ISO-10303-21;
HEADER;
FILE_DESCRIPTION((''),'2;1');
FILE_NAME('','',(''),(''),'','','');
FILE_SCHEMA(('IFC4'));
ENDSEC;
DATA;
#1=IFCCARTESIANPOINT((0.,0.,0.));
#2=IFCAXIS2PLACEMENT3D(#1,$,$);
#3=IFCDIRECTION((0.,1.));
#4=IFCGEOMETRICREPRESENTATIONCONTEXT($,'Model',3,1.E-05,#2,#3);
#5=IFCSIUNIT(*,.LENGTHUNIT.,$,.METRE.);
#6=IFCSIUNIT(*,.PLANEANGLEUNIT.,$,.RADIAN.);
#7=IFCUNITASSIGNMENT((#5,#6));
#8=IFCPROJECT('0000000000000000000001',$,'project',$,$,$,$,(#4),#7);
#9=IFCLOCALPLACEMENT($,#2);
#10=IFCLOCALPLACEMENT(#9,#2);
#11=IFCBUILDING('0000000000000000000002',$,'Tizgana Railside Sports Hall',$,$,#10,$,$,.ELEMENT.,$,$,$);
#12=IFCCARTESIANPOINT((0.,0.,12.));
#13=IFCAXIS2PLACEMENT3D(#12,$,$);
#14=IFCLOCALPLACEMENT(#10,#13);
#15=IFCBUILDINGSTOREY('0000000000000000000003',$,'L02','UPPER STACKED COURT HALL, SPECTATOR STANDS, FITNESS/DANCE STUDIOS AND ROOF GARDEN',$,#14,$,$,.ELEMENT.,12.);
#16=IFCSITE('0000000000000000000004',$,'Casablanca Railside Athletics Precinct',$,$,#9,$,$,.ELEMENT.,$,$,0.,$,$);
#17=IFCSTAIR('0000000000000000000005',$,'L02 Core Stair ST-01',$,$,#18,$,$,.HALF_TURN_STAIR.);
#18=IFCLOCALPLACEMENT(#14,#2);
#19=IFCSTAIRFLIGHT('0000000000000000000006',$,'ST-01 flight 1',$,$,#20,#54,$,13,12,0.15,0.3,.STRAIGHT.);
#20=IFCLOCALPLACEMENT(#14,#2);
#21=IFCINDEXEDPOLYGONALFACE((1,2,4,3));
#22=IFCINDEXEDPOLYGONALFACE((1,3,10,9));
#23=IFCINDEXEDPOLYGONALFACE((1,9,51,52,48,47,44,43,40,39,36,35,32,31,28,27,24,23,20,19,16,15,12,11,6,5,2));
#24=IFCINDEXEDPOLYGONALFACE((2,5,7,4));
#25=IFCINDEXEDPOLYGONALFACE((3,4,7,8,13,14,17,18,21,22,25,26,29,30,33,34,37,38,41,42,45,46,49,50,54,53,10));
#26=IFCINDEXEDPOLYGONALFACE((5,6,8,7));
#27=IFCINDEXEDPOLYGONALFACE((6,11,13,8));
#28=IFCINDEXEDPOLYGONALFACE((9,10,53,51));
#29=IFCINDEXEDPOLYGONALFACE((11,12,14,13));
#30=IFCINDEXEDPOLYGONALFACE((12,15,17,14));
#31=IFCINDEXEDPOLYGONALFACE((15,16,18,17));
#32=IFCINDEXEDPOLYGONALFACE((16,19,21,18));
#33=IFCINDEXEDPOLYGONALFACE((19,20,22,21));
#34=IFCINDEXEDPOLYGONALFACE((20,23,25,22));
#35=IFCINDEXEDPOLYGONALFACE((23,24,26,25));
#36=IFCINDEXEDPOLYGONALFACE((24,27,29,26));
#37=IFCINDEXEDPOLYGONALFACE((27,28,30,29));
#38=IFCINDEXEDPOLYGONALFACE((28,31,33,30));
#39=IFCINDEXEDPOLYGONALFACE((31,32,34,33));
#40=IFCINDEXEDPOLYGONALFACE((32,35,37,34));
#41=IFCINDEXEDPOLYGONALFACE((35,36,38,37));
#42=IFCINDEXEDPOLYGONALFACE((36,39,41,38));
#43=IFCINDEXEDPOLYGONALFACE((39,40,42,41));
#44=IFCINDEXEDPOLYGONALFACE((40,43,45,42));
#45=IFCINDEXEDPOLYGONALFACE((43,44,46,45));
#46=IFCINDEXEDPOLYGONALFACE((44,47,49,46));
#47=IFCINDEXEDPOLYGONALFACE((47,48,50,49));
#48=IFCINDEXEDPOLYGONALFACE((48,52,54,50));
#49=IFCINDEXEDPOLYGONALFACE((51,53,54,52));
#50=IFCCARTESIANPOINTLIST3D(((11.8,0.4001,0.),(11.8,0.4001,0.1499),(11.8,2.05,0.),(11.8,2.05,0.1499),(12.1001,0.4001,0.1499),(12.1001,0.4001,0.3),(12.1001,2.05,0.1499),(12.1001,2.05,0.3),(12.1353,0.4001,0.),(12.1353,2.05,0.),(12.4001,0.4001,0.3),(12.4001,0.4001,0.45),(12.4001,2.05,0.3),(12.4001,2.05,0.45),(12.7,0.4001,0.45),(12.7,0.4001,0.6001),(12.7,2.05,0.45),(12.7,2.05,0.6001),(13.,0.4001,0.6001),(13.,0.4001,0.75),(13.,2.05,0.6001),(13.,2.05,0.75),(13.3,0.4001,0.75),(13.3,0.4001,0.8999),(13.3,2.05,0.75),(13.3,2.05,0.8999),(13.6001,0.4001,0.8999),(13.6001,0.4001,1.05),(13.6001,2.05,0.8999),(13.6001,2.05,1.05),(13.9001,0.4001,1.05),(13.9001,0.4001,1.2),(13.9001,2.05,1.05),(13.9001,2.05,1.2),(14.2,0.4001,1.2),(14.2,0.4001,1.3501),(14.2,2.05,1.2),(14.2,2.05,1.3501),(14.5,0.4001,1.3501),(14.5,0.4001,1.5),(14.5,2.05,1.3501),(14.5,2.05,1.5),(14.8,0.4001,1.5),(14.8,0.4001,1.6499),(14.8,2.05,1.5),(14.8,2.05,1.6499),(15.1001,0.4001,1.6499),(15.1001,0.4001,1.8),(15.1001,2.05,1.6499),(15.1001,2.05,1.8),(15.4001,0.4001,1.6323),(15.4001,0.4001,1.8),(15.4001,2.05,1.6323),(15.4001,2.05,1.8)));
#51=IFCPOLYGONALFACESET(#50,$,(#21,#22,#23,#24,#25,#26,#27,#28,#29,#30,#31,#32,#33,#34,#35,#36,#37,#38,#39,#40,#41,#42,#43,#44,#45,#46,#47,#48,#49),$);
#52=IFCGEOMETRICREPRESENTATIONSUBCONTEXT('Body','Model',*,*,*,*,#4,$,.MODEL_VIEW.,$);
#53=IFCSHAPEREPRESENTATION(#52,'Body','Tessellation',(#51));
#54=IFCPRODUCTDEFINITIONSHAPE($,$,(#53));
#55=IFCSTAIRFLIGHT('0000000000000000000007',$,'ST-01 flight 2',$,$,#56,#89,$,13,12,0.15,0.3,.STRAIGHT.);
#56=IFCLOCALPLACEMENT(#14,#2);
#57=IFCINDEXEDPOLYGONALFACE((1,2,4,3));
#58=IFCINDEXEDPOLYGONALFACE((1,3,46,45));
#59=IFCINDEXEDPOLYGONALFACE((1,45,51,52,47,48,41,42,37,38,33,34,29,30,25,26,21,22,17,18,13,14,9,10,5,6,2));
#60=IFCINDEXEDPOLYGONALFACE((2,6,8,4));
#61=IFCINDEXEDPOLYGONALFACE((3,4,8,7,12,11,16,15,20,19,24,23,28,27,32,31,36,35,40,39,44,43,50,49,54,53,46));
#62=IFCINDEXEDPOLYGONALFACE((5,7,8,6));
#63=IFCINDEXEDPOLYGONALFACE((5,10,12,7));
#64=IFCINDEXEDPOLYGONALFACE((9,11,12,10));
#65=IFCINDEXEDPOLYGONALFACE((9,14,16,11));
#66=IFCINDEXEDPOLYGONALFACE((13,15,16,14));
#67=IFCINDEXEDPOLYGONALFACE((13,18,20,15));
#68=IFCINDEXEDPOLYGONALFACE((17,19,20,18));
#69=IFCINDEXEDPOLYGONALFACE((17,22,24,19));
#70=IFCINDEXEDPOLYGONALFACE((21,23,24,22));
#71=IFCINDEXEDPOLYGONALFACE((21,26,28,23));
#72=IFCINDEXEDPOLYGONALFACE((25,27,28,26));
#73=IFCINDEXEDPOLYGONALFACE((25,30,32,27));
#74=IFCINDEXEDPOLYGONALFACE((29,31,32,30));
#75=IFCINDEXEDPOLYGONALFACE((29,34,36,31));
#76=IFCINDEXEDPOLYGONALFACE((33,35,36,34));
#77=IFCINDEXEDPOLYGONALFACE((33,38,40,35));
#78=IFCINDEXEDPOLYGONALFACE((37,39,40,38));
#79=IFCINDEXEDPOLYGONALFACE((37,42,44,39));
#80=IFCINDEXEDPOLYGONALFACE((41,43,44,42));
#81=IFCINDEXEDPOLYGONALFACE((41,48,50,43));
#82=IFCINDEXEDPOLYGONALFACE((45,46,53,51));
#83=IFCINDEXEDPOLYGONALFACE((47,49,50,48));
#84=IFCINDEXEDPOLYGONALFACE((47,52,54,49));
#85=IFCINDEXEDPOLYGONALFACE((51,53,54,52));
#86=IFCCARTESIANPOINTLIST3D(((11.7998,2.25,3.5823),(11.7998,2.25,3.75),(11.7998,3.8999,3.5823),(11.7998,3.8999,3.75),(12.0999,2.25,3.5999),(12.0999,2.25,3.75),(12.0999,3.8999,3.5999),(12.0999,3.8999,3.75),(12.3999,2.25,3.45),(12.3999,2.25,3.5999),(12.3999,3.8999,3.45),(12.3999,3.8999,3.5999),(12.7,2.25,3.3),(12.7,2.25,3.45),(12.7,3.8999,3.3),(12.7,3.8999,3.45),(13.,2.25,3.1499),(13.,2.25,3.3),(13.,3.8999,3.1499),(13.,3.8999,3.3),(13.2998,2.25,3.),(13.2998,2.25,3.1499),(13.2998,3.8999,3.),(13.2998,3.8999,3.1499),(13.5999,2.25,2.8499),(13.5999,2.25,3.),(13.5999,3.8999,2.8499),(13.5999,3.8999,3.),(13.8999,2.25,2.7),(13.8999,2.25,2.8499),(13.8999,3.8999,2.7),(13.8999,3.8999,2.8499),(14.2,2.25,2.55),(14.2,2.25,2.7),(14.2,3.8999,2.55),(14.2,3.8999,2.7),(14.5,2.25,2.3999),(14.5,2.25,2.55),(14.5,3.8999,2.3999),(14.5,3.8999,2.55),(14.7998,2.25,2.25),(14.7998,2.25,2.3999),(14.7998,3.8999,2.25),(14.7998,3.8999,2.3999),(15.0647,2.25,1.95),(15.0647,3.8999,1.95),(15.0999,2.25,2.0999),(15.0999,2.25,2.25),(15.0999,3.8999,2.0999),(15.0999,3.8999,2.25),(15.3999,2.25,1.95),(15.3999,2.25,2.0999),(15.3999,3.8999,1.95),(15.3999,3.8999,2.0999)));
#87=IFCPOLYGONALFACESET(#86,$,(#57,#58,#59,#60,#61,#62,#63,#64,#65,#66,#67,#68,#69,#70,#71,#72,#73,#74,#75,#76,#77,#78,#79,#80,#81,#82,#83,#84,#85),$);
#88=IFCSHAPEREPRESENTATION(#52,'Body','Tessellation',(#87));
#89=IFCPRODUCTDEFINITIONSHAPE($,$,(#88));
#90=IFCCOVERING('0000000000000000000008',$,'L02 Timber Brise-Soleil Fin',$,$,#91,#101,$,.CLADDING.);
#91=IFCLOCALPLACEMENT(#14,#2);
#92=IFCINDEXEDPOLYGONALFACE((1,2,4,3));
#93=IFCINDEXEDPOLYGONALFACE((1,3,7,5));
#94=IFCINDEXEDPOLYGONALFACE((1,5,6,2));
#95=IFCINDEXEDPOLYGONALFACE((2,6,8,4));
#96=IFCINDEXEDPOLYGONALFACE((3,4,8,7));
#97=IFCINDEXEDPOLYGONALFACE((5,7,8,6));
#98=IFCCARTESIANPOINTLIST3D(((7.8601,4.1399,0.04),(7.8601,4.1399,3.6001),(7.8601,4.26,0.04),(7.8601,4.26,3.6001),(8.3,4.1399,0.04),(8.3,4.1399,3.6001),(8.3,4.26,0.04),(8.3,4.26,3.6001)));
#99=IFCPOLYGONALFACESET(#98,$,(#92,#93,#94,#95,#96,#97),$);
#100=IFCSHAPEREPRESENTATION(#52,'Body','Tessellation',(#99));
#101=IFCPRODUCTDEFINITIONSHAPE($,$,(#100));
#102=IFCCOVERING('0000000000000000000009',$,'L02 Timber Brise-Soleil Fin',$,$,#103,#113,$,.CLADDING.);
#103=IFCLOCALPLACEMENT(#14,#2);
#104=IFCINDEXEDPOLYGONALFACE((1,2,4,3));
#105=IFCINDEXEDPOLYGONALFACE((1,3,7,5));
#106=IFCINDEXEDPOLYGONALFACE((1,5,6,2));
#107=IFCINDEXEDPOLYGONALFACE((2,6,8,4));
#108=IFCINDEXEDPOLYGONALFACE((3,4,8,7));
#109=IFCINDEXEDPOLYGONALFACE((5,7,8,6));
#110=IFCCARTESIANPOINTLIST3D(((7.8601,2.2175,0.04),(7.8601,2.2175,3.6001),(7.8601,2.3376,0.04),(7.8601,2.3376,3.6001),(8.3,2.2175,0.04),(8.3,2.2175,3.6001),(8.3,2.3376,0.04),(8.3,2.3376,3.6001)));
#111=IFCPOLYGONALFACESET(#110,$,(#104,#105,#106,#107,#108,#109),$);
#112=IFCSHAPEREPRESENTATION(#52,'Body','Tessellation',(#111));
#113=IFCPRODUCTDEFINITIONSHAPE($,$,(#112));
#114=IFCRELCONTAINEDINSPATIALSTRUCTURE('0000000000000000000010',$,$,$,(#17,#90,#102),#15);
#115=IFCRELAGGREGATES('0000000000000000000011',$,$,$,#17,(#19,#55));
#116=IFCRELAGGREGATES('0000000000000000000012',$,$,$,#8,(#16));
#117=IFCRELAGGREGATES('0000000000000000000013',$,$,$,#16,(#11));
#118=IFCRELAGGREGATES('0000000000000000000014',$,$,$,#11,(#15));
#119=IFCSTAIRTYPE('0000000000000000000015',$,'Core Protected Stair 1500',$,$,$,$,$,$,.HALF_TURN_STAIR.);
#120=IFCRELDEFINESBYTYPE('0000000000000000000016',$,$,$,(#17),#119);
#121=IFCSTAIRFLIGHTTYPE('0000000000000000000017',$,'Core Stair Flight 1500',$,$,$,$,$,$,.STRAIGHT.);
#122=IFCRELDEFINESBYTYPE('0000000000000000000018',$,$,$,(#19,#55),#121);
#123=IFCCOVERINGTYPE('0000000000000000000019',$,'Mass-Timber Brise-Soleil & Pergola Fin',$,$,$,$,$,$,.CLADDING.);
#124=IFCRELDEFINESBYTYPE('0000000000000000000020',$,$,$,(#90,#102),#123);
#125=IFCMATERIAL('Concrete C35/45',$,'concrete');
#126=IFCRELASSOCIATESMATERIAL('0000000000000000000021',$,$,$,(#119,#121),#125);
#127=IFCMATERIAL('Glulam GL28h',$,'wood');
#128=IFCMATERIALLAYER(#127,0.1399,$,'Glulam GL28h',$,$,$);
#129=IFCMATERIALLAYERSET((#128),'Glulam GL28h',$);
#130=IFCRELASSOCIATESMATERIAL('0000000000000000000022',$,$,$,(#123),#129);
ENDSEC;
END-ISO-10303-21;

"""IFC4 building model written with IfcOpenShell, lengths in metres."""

from ifc_helpers import new_model, si_unit, direction, frame, origin, origin_2d, place, context, subcontext, project, spatial, polyline, rectangle, outline, extrude, material, layer, layer_set, type_object, element, aggregate, save


model = new_model("IFC4")

# Units and contexts
model_context = context("Model", 3, precision=1e-05, world=origin(), true_north=direction((0.0, 1.0)))
body_context = subcontext(model_context, "Body", "Model", "MODEL_VIEW")
ifc_project = project(units=[si_unit("LENGTHUNIT", "METRE"), si_unit("PLANEANGLEUNIT", "RADIAN")], contexts=[model_context])

# Site, building, storey
site_placement = place(None, origin())
site = spatial("IfcSite", under=ifc_project, at=site_placement, Name="Casablanca Railside Athletics Precinct", CompositionType="ELEMENT", RefElevation=0.0)
building_placement = place(site_placement, origin())
building = spatial("IfcBuilding", under=site, at=building_placement, Name="Tizgana Railside Sports Hall", CompositionType="ELEMENT")
storey_placement = place(building_placement, frame((0.0, 0.0, 12.0)))
storey = spatial("IfcBuildingStorey", under=building, at=storey_placement, Name="L02", Description="UPPER STACKED COURT HALL, SPECTATOR STANDS, FITNESS/DANCE STUDIOS AND ROOF GARDEN", CompositionType="ELEMENT", Elevation=12.0)

# Stair, stair flights
ifc_material_1 = material(Name="Concrete C35/45", Category="concrete")
stair_type = type_object("IfcStairType", Name="Core Protected Stair 1500", PredefinedType="HALF_TURN_STAIR", material=ifc_material_1)
stair_placement = place(storey_placement, origin())
stair = element("IfcStair", 1, at=stair_placement, inside=storey, type_object=stair_type, Name="L02 Core Stair ST-01", PredefinedType="HALF_TURN_STAIR")
stair_flight_type = type_object("IfcStairFlightType", Name="Core Stair Flight 1500", PredefinedType="STRAIGHT", material=ifc_material_1)
stair_flight_1_placement = place(storey_placement, frame((11.8, 1.2251, 0.0), z_axis=(0.0, 0.0, 1.0), x_axis=(1.0, 0.0, 0.0)))
stair_flight_1 = element("IfcStairFlight", 2, at=stair_flight_1_placement, type_object=stair_flight_type, Name="ST-01 flight 1", NumberOfRisers=13, NumberOfTreads=12, PredefinedType="STRAIGHT", RiserHeight=0.15, TreadLength=0.3, context=body_context, shape_type="SweptSolid", body=[
    extrude(outline(polyline([(0.0, 0.0), (0.0, 0.1499), (0.3, 0.1499), (0.3, 0.3), (0.6001, 0.3), (0.6001, 0.45), (0.8999, 0.45), (0.8999, 0.6001), (1.2, 0.6001), (1.2, 0.75), (1.5, 0.75), (1.5, 0.8999), (1.8, 0.8999), (1.8, 1.05), (2.1001, 1.05), (2.1001, 1.2), (2.3999, 1.2), (2.3999, 1.3501), (2.7, 1.3501), (2.7, 1.5), (3.0, 1.5), (3.0, 1.6499), (3.3, 1.6499), (3.3, 1.8), (3.6001, 1.8), (3.6001, 1.95), (3.6001, 1.6323), (0.3352, 0.0), (0.0, 0.0)])), frame((0.0, 0.825, 0.0), z_axis=(0.0, -1.0, 0.0), x_axis=(1.0, 0.0, 0.0)), (0.0, 0.0, 1.0), 1.6499),
])
stair_flight_2_placement = place(storey_placement, frame((15.3999, 3.075, 1.95), z_axis=(0.0, 0.0, 1.0), x_axis=(-1.0, 0.0, 0.0)))
stair_flight_2 = element("IfcStairFlight", 3, at=stair_flight_2_placement, type_object=stair_flight_type, Name="ST-01 flight 2", NumberOfRisers=13, NumberOfTreads=12, PredefinedType="STRAIGHT", RiserHeight=0.15, TreadLength=0.3, context=body_context, shape_type="SweptSolid", body=[
    extrude(outline(polyline([(0.0, 0.0), (0.0, 0.1499), (0.3, 0.1499), (0.3, 0.3), (0.6001, 0.3), (0.6001, 0.45), (0.8999, 0.45), (0.8999, 0.6001), (1.2, 0.6001), (1.2, 0.75), (1.5, 0.75), (1.5, 0.8999), (1.8, 0.8999), (1.8, 1.05), (2.1001, 1.05), (2.1001, 1.2), (2.3999, 1.2), (2.3999, 1.3501), (2.7, 1.3501), (2.7, 1.5), (3.0, 1.5), (3.0, 1.6499), (3.3, 1.6499), (3.3, 1.8), (3.6001, 1.8), (3.6001, 1.95), (3.6001, 1.6323), (0.3352, 0.0), (0.0, 0.0)])), frame((0.0, 0.825, 0.0), z_axis=(0.0, -1.0, 0.0), x_axis=(1.0, 0.0, 0.0)), (0.0, 0.0, 1.0), 1.6499),
])
aggregate(stair, [stair_flight_1, stair_flight_2])

# Coverings
ifc_material_2 = material(Name="Glulam GL28h", Category="wood")
ifc_layer_1 = layer(ifc_material_2, 0.1399, Name="Glulam GL28h")
ifc_layer_set_1 = layer_set([ifc_layer_1], Name="Glulam GL28h")
covering_type = type_object("IfcCoveringType", Name="Mass-Timber Brise-Soleil & Pergola Fin", PredefinedType="CLADDING", material=ifc_layer_set_1)
for number, where, z_axis, x_axis, name in (
    (4, (8.0801, 4.2, 0.04), (0.0, 0.0, 1.0), (0.0, -1.0, 0.0), "L02 Timber Brise-Soleil Fin"),
    (5, (8.0801, 2.2776, 0.04), (0.0, 0.0, 1.0), (0.0, -1.0, 0.0), "L02 Timber Brise-Soleil Fin"),
):
    element("IfcCovering", number, at=place(storey_placement, frame(where, z_axis=z_axis, x_axis=x_axis)), inside=storey, type_object=covering_type, Name=name, PredefinedType="CLADDING", context=body_context, shape_type="SweptSolid", body=[
        extrude(rectangle(XDim=0.1201, YDim=0.4399, at=origin_2d()), origin(), (0.0, 0.0, 1.0), 3.5601),
    ])

save(model, "model.ifc")
